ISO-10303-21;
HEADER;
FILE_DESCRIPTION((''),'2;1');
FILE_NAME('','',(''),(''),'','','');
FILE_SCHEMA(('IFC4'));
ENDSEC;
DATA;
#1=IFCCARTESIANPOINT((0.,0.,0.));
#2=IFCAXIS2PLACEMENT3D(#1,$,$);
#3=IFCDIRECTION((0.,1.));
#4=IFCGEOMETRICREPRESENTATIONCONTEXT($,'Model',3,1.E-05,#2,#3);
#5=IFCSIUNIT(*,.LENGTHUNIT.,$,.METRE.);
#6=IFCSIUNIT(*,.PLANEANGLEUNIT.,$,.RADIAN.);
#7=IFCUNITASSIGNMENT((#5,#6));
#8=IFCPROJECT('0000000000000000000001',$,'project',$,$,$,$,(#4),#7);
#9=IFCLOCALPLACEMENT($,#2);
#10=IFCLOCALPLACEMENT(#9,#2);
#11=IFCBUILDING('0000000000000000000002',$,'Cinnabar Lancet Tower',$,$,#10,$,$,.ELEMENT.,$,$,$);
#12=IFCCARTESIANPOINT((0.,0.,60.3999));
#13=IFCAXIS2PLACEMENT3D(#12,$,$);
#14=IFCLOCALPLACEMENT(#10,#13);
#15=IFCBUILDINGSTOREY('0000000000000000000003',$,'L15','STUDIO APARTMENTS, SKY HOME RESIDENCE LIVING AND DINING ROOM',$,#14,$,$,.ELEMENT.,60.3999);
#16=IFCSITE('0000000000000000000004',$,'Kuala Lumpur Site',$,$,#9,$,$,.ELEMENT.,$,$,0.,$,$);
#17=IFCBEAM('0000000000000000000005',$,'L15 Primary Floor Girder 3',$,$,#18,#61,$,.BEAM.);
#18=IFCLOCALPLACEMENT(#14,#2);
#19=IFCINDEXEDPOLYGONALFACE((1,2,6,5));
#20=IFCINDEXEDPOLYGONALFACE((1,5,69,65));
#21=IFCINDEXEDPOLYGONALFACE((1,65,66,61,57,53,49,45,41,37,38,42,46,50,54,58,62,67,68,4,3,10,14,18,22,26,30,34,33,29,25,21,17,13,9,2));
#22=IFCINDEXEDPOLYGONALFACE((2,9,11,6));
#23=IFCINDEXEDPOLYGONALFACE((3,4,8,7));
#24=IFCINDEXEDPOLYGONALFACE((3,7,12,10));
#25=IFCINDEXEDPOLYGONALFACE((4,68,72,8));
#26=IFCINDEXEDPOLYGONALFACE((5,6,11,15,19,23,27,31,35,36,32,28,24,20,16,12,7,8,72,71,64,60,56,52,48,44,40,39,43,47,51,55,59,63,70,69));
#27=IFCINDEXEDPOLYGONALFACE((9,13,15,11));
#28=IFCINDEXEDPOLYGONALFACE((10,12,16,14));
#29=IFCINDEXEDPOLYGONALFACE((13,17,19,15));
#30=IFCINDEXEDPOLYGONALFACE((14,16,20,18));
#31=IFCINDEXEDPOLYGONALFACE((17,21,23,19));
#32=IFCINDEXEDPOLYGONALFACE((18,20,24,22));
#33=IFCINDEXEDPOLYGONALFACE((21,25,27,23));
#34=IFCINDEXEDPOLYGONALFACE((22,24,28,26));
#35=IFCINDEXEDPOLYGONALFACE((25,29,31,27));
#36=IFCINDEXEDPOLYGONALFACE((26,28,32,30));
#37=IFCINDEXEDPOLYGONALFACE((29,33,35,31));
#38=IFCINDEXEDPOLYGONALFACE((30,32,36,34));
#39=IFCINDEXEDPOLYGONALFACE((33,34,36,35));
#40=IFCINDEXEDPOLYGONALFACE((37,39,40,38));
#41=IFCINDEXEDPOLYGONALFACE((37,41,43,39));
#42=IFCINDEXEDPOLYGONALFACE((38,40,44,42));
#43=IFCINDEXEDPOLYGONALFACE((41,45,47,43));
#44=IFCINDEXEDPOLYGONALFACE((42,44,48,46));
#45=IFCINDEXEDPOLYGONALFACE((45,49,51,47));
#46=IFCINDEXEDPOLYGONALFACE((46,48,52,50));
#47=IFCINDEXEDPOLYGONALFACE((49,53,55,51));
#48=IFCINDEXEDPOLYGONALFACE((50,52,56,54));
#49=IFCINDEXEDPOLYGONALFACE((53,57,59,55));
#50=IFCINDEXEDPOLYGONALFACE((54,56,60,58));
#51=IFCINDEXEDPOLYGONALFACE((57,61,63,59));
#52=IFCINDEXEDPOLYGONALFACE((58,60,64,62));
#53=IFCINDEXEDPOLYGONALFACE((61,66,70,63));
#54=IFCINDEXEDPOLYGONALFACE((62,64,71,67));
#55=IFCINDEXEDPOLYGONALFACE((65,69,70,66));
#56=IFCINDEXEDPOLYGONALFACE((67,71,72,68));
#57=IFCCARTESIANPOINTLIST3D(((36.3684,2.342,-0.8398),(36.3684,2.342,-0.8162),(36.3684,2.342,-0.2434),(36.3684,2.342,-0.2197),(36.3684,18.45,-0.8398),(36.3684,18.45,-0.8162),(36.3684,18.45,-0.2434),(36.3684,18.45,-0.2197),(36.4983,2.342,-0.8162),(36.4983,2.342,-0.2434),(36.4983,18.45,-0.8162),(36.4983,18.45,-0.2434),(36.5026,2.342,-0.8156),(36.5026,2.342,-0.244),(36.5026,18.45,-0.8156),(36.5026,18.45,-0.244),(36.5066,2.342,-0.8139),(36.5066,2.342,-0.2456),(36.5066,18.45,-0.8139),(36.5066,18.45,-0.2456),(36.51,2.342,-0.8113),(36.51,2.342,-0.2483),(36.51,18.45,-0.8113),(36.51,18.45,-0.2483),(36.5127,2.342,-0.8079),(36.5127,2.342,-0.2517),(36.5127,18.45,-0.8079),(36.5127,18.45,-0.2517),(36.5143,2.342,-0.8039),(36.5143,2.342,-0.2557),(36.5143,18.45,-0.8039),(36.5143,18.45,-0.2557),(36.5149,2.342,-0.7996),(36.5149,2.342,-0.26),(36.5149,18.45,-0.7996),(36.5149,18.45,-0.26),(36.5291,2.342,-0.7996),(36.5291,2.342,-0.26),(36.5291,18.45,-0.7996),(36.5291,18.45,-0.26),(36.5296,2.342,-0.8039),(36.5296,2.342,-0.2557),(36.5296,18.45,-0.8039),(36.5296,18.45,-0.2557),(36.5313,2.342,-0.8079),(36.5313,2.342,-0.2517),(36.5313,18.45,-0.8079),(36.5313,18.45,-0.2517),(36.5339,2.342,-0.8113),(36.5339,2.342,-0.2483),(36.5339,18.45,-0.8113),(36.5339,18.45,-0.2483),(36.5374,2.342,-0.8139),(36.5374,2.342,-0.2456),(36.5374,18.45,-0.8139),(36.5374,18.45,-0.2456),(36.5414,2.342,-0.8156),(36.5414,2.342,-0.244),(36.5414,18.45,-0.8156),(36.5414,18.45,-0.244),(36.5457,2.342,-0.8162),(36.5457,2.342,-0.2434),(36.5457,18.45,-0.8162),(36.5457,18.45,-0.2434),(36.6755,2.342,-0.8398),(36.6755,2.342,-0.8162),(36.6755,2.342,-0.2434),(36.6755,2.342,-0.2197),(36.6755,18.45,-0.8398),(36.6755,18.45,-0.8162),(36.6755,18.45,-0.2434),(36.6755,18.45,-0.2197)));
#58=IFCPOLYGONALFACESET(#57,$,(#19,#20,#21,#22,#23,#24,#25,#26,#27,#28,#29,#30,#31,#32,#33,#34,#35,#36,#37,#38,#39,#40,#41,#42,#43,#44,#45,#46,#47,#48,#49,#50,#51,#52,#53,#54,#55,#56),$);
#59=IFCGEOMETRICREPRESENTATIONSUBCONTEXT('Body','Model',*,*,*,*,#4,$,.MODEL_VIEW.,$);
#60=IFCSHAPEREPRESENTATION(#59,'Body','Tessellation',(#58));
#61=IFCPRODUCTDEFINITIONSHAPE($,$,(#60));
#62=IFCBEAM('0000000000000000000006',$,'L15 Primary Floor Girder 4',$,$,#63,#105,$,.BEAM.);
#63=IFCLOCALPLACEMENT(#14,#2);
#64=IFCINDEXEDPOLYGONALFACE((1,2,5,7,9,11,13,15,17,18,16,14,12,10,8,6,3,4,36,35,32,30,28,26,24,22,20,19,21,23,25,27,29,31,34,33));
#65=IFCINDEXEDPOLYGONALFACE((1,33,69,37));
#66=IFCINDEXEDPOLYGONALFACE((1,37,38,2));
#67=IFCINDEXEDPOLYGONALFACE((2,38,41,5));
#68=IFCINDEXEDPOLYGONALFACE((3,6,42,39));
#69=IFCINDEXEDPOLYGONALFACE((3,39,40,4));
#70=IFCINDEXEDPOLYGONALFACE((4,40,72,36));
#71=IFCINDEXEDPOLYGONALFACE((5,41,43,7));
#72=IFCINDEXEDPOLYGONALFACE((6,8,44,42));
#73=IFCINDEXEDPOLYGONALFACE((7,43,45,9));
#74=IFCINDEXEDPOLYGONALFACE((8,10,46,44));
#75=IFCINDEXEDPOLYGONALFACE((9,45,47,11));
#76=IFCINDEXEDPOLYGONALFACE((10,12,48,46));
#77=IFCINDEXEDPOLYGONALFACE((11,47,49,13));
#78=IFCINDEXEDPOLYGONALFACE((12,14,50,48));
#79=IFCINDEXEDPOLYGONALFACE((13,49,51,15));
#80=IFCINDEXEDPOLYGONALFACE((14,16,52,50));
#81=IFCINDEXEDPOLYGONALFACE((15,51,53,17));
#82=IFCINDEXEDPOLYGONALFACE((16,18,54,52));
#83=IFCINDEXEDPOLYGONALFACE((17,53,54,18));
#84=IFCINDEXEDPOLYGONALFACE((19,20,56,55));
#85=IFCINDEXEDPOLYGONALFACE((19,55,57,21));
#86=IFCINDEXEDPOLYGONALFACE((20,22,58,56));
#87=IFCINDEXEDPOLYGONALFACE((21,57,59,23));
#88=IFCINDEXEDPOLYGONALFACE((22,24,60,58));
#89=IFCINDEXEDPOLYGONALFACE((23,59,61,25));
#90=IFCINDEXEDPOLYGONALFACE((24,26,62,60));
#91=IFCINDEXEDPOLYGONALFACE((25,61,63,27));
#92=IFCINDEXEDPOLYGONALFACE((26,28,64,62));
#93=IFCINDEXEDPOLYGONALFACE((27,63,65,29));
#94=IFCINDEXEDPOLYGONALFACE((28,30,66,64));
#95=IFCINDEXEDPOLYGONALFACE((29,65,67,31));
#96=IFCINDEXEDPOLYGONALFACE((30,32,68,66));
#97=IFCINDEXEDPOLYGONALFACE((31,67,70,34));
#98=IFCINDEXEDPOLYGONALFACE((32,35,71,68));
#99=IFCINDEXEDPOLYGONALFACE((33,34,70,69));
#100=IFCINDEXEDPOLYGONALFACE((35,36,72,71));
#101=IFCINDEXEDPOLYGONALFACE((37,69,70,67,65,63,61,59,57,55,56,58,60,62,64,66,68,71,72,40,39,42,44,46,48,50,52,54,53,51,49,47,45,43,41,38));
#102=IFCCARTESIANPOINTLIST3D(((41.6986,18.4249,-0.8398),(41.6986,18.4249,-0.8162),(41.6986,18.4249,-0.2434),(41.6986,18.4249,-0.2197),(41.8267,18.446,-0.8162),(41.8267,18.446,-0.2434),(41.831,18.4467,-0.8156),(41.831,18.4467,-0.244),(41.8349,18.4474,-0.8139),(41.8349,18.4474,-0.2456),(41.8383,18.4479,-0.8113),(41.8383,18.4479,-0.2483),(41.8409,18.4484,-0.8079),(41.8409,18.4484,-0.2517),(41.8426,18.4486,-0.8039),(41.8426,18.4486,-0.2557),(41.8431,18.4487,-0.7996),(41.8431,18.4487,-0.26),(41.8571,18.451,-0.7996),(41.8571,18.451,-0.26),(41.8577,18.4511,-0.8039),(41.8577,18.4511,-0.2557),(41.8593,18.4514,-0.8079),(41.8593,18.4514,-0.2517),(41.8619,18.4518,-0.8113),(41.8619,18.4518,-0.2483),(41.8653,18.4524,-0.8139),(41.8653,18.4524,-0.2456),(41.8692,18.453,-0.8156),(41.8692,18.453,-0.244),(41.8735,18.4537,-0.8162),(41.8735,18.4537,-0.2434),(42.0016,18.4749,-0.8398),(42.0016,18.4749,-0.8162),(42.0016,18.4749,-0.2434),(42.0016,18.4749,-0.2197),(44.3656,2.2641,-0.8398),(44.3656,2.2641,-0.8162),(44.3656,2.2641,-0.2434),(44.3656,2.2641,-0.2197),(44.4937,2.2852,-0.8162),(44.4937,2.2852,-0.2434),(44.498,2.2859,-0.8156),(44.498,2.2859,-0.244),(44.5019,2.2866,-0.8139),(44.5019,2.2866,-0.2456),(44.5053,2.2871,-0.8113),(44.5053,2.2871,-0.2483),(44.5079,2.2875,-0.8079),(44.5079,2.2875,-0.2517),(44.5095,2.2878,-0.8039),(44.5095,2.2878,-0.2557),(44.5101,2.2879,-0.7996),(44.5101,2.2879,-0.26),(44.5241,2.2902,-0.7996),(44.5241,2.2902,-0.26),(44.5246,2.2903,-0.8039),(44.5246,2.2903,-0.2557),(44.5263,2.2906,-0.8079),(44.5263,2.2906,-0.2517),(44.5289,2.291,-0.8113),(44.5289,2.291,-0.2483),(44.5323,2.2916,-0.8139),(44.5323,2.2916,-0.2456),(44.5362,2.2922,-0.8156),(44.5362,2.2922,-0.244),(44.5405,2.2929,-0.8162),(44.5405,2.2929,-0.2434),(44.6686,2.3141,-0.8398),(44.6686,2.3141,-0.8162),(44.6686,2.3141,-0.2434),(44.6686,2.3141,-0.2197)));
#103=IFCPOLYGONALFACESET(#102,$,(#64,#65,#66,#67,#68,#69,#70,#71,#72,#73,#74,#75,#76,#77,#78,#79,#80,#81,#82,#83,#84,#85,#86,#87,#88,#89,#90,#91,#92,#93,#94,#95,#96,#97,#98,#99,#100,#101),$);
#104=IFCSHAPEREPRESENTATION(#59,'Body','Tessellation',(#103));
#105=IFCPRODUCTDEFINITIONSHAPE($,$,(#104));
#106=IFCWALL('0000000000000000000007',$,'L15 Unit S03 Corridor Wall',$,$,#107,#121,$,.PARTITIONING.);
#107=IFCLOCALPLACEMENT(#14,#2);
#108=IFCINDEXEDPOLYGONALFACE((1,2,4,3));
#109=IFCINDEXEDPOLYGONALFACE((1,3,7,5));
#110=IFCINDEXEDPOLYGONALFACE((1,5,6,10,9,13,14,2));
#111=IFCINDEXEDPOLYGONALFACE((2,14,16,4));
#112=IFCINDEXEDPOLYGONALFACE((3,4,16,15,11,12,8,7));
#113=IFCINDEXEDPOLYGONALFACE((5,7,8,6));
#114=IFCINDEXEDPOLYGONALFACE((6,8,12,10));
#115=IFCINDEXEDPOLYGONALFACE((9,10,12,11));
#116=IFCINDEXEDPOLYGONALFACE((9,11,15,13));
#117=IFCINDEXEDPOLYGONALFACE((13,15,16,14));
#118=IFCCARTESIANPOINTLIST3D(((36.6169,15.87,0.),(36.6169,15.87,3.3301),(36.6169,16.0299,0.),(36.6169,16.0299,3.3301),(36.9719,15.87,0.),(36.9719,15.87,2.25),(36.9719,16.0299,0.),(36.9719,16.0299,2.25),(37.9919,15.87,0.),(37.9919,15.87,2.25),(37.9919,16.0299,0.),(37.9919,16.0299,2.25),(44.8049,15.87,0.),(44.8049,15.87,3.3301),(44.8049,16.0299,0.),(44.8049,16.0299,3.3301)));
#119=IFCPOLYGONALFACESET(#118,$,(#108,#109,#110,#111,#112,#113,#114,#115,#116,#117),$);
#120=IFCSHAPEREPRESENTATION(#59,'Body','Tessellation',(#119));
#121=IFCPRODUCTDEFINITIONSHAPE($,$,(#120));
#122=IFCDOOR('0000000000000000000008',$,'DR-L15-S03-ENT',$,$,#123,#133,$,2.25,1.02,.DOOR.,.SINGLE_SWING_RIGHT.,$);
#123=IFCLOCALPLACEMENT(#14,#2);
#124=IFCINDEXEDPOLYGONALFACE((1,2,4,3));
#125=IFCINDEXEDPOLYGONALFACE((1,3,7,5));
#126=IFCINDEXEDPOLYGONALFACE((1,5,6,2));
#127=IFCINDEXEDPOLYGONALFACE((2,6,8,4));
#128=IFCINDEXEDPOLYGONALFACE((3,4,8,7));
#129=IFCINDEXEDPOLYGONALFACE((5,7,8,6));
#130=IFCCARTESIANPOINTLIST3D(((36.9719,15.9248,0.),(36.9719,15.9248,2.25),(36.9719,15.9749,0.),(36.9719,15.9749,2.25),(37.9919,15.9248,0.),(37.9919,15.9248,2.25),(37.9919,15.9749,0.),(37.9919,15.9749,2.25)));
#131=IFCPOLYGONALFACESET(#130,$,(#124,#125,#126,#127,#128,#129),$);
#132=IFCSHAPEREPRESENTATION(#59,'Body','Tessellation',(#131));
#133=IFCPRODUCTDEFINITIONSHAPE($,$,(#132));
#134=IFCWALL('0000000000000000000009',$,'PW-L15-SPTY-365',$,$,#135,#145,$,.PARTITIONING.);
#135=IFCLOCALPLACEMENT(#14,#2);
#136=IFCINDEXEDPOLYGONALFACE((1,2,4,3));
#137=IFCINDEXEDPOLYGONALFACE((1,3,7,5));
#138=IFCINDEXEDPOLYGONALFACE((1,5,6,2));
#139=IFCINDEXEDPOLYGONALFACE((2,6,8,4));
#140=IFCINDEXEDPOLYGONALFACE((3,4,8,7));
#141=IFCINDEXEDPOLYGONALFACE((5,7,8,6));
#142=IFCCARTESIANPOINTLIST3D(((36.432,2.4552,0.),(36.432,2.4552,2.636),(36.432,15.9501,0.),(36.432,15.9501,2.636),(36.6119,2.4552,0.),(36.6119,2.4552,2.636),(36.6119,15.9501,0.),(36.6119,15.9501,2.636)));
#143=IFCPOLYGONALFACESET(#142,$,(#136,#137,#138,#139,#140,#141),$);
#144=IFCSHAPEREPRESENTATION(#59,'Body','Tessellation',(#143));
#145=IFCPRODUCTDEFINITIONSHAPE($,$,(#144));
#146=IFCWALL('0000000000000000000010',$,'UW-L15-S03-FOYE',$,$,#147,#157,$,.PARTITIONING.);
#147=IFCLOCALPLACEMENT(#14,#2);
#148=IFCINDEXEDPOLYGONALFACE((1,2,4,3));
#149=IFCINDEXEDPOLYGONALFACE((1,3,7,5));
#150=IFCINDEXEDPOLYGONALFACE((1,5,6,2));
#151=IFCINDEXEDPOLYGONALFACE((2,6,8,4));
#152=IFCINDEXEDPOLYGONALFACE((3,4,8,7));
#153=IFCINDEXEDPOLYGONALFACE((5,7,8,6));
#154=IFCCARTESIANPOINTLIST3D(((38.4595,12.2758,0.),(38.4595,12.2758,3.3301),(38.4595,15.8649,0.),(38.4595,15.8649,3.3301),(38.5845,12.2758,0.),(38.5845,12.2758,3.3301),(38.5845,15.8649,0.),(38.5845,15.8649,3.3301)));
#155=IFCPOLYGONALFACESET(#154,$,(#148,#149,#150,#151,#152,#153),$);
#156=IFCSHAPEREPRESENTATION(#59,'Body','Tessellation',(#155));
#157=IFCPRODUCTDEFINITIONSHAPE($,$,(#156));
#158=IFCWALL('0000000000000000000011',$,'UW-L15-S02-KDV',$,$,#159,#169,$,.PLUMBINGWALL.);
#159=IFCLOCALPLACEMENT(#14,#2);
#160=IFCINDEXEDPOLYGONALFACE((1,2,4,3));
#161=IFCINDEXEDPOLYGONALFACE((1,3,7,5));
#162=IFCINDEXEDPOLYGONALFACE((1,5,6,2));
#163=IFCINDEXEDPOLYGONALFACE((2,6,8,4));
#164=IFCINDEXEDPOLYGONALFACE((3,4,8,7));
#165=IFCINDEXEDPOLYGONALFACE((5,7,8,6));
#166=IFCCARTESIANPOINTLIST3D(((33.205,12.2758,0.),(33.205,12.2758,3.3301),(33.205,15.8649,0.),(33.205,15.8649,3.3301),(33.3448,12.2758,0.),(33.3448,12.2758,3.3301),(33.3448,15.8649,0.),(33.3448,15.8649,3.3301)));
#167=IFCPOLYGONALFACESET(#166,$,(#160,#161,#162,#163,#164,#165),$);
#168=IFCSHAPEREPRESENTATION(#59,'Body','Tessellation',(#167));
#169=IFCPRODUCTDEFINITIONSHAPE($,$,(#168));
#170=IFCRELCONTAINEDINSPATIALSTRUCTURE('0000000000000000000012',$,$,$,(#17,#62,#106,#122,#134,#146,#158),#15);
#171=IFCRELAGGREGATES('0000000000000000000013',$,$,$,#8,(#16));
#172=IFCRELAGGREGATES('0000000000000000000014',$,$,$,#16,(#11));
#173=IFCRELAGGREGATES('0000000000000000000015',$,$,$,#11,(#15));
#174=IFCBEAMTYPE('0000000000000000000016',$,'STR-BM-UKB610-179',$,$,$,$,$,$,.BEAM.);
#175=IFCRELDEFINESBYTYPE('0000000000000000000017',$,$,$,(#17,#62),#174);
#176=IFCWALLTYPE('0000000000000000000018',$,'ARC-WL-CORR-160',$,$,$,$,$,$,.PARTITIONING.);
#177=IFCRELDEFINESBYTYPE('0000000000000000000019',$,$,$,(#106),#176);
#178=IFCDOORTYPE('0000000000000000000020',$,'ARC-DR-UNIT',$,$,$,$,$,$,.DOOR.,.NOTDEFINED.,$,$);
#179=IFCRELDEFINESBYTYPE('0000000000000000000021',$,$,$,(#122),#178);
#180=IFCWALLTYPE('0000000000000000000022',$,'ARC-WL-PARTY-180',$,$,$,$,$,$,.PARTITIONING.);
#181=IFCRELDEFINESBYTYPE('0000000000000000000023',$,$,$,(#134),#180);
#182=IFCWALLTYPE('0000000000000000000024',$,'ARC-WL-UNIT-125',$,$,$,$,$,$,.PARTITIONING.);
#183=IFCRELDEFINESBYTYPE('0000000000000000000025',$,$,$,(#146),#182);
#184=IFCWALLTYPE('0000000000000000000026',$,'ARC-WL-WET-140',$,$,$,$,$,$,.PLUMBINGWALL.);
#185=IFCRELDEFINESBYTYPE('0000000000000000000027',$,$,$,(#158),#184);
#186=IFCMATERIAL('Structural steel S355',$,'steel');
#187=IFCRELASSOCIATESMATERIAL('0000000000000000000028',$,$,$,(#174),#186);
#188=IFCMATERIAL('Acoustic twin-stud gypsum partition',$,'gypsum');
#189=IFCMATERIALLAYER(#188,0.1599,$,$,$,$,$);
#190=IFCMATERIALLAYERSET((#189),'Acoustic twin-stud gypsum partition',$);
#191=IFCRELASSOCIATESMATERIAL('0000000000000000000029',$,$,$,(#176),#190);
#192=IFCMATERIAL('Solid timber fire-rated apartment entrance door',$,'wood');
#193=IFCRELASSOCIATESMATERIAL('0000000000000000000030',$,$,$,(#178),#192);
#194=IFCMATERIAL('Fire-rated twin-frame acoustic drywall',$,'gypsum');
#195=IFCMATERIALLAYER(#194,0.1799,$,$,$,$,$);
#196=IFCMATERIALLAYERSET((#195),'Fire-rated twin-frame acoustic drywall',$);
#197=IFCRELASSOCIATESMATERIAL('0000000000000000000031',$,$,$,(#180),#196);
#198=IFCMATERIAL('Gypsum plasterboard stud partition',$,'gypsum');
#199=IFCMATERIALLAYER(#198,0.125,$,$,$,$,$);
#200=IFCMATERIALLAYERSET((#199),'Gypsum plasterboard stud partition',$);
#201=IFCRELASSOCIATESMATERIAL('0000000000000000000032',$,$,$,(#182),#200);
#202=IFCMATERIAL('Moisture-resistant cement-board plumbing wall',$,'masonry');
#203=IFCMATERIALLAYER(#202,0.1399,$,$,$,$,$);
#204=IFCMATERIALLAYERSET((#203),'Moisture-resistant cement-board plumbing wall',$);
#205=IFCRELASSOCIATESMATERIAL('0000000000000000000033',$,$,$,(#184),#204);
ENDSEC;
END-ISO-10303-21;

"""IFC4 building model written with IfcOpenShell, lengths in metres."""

from ifc_helpers import new_model, si_unit, direction, frame, frame_2d, origin, origin_2d, place, context, subcontext, project, spatial, rectangle, i_section, extrude, material, layer, layer_set, material_profile, profile_set, type_object, element, fill, save


model = new_model("IFC4")

# Units and contexts
model_context = context("Model", 3, precision=1e-05, world=origin(), true_north=direction((0.0, 1.0)))
body_context = subcontext(model_context, "Body", "Model", "MODEL_VIEW")
ifc_project = project(units=[si_unit("LENGTHUNIT", "METRE"), si_unit("PLANEANGLEUNIT", "RADIAN")], contexts=[model_context])

# Site, building, storey
site_placement = place(None, origin())
site = spatial("IfcSite", under=ifc_project, at=site_placement, Name="Kuala Lumpur Site", CompositionType="ELEMENT", RefElevation=0.0)
building_placement = place(site_placement, origin())
building = spatial("IfcBuilding", under=site, at=building_placement, Name="Cinnabar Lancet Tower", CompositionType="ELEMENT")
storey_placement = place(building_placement, frame((0.0, 0.0, 60.3999)))
storey = spatial("IfcBuildingStorey", under=building, at=storey_placement, Name="L15", Description="STUDIO APARTMENTS, SKY HOME RESIDENCE LIVING AND DINING ROOM", CompositionType="ELEMENT", Elevation=60.3999)

# Beams
ifc_material_1 = material(Name="Structural steel S355", Category="steel")
ifc_material_profile_1 = material_profile(ifc_material_1, i_section(OverallWidth=0.3071, OverallDepth=0.6201, WebThickness=0.0142, FlangeThickness=0.0237, FilletRadius=0.0166, at=origin_2d()), Name="UKB 610x305x179")
ifc_profile_set_1 = profile_set([ifc_material_profile_1], Name="Structural steel S355")
beam_type_1 = type_object("IfcBeamType", Name="STR-BM-UKB610-179", PredefinedType="BEAM", material=ifc_profile_set_1)
beam_1_placement = place(storey_placement, frame((36.522, 2.342, -0.5298), z_axis=(0.0, 1.0, 0.0), x_axis=(-1.0, 0.0, 0.0)))
element("IfcBeam", 1, at=beam_1_placement, inside=storey, type_object=beam_type_1, Name="L15 Primary Floor Girder 3", PredefinedType="BEAM", context=body_context, shape_type="SweptSolid", body=[
    extrude(i_section(OverallWidth=0.3071, OverallDepth=0.6201, WebThickness=0.0142, FlangeThickness=0.0237, FilletRadius=0.0166, at=origin_2d()), origin(), (0.0, 0.0, 1.0), 16.1079),
])
beam_2_placement = place(storey_placement, frame((44.5171, 2.2891, -0.5298), z_axis=(-0.162825, 0.986655, 0.0), x_axis=(-0.986655, -0.162825, 0.0)))
element("IfcBeam", 2, at=beam_2_placement, inside=storey, type_object=beam_type_1, Name="L15 Primary Floor Girder 4", PredefinedType="BEAM", context=body_context, shape_type="SweptSolid", body=[
    extrude(i_section(OverallWidth=0.3071, OverallDepth=0.6201, WebThickness=0.0142, FlangeThickness=0.0237, FilletRadius=0.0166, at=origin_2d()), origin(), (0.0, 0.0, 1.0), 16.3794),
])

# Wall, opening, door
ifc_material_2 = material(Name="Acoustic twin-stud gypsum partition", Category="gypsum")
ifc_layer_1 = layer(ifc_material_2, 0.1599)
ifc_layer_set_1 = layer_set([ifc_layer_1], Name="Acoustic twin-stud gypsum partition")
wall_type_1 = type_object("IfcWallType", Name="ARC-WL-CORR-160", PredefinedType="PARTITIONING", material=ifc_layer_set_1)
wall_1_placement = place(storey_placement, frame((36.6169, 15.95, 0.0), z_axis=(0.0, 0.0, 1.0), x_axis=(1.0, 0.0, 0.0)))
wall_1 = element("IfcWall", 3, at=wall_1_placement, inside=storey, type_object=wall_type_1, Name="L15 Unit S03 Corridor Wall", PredefinedType="PARTITIONING", context=body_context, shape_type="SweptSolid", body=[
    extrude(rectangle(XDim=8.188, YDim=0.1599, at=frame_2d((4.094, 0.0))), origin(), (0.0, 0.0, 1.0), 3.3301),
])
opening_1_placement = place(wall_1_placement, frame((0.355, 0.0, 0.0)))
opening_1 = element("IfcOpeningElement", 4, at=opening_1_placement, cuts=wall_1, PredefinedType="OPENING", context=body_context, shape_type="SweptSolid", body=[
    extrude(rectangle(XDim=1.02, YDim=2.25, at=frame_2d((0.51, 1.125))), frame((0.0, 0.0898, 0.0), z_axis=(0.0, -1.0, 0.0), x_axis=(1.0, 0.0, 0.0)), (0.0, 0.0, 1.0), 0.1799),
])
ifc_material_3 = material(Name="Solid timber fire-rated apartment entrance door", Category="wood")
door_type_1 = type_object("IfcDoorType", Name="ARC-DR-UNIT", OperationType="NOTDEFINED", PredefinedType="DOOR", material=ifc_material_3)
door_1_placement = place(opening_1_placement, origin())
door_1 = element("IfcDoor", 5, at=door_1_placement, inside=storey, type_object=door_type_1, Name="DR-L15-S03-ENT", OperationType="SINGLE_SWING_RIGHT", OverallHeight=2.25, OverallWidth=1.02, PredefinedType="DOOR", context=body_context, shape_type="SweptSolid", body=[
    extrude(rectangle(XDim=1.02, YDim=2.25, at=frame_2d((0.51, 1.125))), frame((0.0, 0.0249, 0.0), z_axis=(0.0, -1.0, 0.0), x_axis=(1.0, 0.0, 0.0)), (0.0, 0.0, 1.0), 0.05),
])
fill(opening_1, door_1)

# Walls
ifc_material_4 = material(Name="Fire-rated twin-frame acoustic drywall", Category="gypsum")
ifc_layer_2 = layer(ifc_material_4, 0.1799)
ifc_layer_set_2 = layer_set([ifc_layer_2], Name="Fire-rated twin-frame acoustic drywall")
wall_type_2 = type_object("IfcWallType", Name="ARC-WL-PARTY-180", PredefinedType="PARTITIONING", material=ifc_layer_set_2)
wall_2_placement = place(storey_placement, frame((36.522, 2.4551, 0.0), z_axis=(0.0, 0.0, 1.0), x_axis=(0.0, 1.0, 0.0)))
element("IfcWall", 6, at=wall_2_placement, inside=storey, type_object=wall_type_2, Name="PW-L15-SPTY-365", PredefinedType="PARTITIONING", context=body_context, shape_type="SweptSolid", body=[
    extrude(rectangle(XDim=13.4949, YDim=0.1799, at=frame_2d((6.7476, 0.0))), origin(), (0.0, 0.0, 1.0), 2.636),
])
ifc_material_5 = material(Name="Gypsum plasterboard stud partition", Category="gypsum")
ifc_layer_3 = layer(ifc_material_5, 0.125)
ifc_layer_set_3 = layer_set([ifc_layer_3], Name="Gypsum plasterboard stud partition")
wall_type_3 = type_object("IfcWallType", Name="ARC-WL-UNIT-125", PredefinedType="PARTITIONING", material=ifc_layer_set_3)
wall_3_placement = place(storey_placement, frame((38.522, 12.2759, 0.0), z_axis=(0.0, 0.0, 1.0), x_axis=(0.0, 1.0, 0.0)))
element("IfcWall", 7, at=wall_3_placement, inside=storey, type_object=wall_type_3, Name="UW-L15-S03-FOYE", PredefinedType="PARTITIONING", context=body_context, shape_type="SweptSolid", body=[
    extrude(rectangle(XDim=3.5891, YDim=0.125, at=frame_2d((1.7944, 0.0))), origin(), (0.0, 0.0, 1.0), 3.3301),
])
ifc_material_6 = material(Name="Moisture-resistant cement-board plumbing wall", Category="masonry")
ifc_layer_4 = layer(ifc_material_6, 0.1399)
ifc_layer_set_4 = layer_set([ifc_layer_4], Name="Moisture-resistant cement-board plumbing wall")
wall_type_4 = type_object("IfcWallType", Name="ARC-WL-WET-140", PredefinedType="PLUMBINGWALL", material=ifc_layer_set_4)
wall_4_placement = place(storey_placement, frame((33.2749, 12.2759, 0.0), z_axis=(0.0, 0.0, 1.0), x_axis=(0.0, 1.0, 0.0)))
element("IfcWall", 8, at=wall_4_placement, inside=storey, type_object=wall_type_4, Name="UW-L15-S02-KDV", PredefinedType="PLUMBINGWALL", context=body_context, shape_type="SweptSolid", body=[
    extrude(rectangle(XDim=3.5891, YDim=0.1399, at=frame_2d((1.7944, 0.0))), origin(), (0.0, 0.0, 1.0), 3.3301),
])

save(model, "model.ifc")
